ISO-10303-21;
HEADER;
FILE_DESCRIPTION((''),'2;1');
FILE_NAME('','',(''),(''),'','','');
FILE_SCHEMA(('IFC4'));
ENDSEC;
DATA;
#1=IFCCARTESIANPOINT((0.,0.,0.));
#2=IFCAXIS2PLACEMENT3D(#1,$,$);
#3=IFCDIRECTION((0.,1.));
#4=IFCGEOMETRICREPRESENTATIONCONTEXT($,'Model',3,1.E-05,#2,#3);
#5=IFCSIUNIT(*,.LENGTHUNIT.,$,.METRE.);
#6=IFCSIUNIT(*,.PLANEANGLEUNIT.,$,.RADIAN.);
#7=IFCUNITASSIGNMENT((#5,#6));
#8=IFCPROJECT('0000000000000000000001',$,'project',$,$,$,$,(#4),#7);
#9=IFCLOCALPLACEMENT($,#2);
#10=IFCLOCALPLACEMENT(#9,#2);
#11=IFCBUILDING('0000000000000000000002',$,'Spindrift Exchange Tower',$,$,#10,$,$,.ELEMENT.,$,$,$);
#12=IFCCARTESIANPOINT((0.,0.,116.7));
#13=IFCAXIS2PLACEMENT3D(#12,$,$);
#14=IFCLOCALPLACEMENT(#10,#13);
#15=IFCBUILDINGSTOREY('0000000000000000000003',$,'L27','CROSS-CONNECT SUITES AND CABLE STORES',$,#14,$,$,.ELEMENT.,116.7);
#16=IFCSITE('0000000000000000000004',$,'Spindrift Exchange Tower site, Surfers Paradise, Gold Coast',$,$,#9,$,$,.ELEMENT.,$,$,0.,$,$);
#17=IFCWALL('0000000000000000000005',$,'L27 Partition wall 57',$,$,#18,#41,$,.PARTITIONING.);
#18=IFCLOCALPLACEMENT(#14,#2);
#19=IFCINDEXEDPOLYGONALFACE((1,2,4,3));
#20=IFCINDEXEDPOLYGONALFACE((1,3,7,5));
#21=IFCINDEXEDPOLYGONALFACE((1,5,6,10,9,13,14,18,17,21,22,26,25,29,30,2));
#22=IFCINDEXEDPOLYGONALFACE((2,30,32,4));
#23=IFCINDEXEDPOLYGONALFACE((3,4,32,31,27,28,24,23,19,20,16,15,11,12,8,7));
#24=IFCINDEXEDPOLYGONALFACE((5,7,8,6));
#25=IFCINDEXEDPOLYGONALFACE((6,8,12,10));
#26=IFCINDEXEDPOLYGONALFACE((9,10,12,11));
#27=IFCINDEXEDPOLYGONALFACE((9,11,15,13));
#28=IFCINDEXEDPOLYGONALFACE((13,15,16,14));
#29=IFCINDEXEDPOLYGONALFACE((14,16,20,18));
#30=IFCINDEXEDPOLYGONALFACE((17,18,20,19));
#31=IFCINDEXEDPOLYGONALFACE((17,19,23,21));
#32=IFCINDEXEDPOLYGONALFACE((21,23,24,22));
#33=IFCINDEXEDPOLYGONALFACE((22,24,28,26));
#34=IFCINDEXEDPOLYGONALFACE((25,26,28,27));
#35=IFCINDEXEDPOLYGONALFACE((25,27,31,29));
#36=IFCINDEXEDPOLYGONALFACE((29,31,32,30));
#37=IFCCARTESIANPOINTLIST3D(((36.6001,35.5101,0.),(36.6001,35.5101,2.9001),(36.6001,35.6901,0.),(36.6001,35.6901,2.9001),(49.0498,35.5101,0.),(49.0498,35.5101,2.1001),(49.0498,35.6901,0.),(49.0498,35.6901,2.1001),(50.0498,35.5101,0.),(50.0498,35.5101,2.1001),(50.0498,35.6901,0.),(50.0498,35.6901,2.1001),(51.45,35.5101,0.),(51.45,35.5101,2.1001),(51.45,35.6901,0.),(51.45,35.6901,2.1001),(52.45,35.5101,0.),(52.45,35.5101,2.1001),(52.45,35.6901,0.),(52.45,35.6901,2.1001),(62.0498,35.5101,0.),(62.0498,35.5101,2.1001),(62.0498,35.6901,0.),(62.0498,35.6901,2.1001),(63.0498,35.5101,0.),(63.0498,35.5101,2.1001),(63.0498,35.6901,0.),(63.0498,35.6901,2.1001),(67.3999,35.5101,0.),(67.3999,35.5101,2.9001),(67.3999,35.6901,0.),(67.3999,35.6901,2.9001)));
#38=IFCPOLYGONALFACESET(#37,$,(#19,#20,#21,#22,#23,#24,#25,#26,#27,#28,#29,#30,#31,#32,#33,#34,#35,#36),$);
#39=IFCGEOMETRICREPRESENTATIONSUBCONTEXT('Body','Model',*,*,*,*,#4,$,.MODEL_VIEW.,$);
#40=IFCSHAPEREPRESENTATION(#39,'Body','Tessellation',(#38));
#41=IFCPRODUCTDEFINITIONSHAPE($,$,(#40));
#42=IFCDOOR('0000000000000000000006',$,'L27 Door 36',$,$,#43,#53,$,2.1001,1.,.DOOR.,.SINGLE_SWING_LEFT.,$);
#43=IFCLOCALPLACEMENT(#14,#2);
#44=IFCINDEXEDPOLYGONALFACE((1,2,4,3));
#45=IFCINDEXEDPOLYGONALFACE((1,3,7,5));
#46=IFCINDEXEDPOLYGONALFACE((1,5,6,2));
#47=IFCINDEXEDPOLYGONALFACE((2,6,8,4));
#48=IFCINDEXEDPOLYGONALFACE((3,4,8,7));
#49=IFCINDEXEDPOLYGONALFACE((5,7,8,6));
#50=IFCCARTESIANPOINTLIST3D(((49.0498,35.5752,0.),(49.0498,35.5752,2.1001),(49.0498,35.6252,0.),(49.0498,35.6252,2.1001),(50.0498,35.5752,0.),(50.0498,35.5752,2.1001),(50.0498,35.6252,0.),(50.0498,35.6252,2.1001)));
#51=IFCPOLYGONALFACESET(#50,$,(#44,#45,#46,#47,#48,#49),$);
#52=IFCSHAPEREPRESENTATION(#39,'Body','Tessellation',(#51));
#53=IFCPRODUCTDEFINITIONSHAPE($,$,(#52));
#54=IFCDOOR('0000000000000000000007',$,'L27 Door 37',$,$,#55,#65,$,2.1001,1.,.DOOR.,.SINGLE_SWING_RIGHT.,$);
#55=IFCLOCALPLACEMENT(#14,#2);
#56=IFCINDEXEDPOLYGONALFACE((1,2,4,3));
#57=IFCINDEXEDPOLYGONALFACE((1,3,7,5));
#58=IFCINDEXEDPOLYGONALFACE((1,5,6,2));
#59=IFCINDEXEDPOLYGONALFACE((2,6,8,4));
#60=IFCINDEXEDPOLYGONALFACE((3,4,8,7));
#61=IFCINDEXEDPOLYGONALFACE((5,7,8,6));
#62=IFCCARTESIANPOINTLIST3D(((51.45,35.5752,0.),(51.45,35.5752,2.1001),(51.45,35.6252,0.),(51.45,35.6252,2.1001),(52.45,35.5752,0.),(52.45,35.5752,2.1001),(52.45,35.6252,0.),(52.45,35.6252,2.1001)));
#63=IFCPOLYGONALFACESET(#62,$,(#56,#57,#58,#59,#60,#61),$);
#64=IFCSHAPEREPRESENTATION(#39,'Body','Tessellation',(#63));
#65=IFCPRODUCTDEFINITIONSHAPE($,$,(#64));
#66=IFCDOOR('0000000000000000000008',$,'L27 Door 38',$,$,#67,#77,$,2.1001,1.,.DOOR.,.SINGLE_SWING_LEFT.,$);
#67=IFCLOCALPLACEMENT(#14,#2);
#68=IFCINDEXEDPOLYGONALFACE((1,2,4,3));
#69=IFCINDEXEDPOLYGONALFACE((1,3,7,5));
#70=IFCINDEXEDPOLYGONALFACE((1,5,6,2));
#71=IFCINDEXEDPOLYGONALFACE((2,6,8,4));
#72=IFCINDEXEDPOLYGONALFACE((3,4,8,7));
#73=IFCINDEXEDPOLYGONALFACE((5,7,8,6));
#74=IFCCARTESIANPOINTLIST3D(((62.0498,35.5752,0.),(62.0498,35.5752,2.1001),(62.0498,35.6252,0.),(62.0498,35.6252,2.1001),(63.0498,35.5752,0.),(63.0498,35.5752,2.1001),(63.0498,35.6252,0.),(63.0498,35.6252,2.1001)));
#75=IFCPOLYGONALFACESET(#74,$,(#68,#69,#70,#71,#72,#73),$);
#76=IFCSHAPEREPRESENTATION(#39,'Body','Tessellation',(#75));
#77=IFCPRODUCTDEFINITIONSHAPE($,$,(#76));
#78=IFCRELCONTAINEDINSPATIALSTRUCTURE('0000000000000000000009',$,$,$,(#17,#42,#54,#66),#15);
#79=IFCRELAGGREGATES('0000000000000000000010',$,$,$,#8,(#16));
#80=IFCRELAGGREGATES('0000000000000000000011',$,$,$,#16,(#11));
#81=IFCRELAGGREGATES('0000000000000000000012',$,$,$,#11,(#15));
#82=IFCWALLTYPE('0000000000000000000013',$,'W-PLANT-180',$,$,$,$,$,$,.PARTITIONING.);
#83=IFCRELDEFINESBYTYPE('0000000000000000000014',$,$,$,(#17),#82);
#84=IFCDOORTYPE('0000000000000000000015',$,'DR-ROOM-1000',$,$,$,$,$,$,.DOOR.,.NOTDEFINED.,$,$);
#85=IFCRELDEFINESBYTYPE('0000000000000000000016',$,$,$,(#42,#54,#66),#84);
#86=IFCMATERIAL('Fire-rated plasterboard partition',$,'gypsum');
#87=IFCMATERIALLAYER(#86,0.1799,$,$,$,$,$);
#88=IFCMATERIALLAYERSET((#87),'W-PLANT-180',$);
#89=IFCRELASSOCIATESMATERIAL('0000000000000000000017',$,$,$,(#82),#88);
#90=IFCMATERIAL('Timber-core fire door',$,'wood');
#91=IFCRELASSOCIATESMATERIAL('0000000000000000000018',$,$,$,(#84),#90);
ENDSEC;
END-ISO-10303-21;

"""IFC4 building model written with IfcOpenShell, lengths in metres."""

from ifc_helpers import new_model, si_unit, direction, frame, frame_2d, origin, place, context, subcontext, project, spatial, rectangle, extrude, source, transform, mapped, material, layer, layer_set, type_object, element, fill, save


model = new_model("IFC4")

# Units and contexts
model_context = context("Model", 3, precision=1e-05, world=origin(), true_north=direction((0.0, 1.0)))
body_context = subcontext(model_context, "Body", "Model", "MODEL_VIEW")
ifc_project = project(units=[si_unit("LENGTHUNIT", "METRE"), si_unit("PLANEANGLEUNIT", "RADIAN")], contexts=[model_context])

# Site, building, storey
site_placement = place(None, origin())
site = spatial("IfcSite", under=ifc_project, at=site_placement, Name="Spindrift Exchange Tower site, Surfers Paradise, Gold Coast", CompositionType="ELEMENT", RefElevation=0.0)
building_placement = place(site_placement, origin())
building = spatial("IfcBuilding", under=site, at=building_placement, Name="Spindrift Exchange Tower", CompositionType="ELEMENT")
storey_placement = place(building_placement, frame((0.0, 0.0, 116.7)))
storey = spatial("IfcBuildingStorey", under=building, at=storey_placement, Name="L27", Description="CROSS-CONNECT SUITES AND CABLE STORES", CompositionType="ELEMENT", Elevation=116.7)

# Shared definitions
ifc_material_1 = material(Name="Fire-rated plasterboard partition", Category="gypsum")

# Wall, openings, doors
ifc_layer_1 = layer(ifc_material_1, 0.1799)
ifc_layer_set_1 = layer_set([ifc_layer_1], Name="W-PLANT-180")
wall_type_1 = type_object("IfcWallType", Name="W-PLANT-180", PredefinedType="PARTITIONING", material=ifc_layer_set_1)
wall_1_placement = place(storey_placement, frame((67.3999, 35.6001, 0.0), z_axis=(0.0, 0.0, 1.0), x_axis=(-1.0, 0.0, 0.0)))
wall_1 = element("IfcWall", 1, at=wall_1_placement, inside=storey, type_object=wall_type_1, Name="L27 Partition wall 57", PredefinedType="PARTITIONING", context=body_context, shape_type="SweptSolid", body=[
    extrude(rectangle(XDim=30.7998, YDim=0.1799, at=frame_2d((15.3999, 0.0))), origin(), (0.0, 0.0, 1.0), 2.9001),
])
opening_1_placement = place(wall_1_placement, frame((17.3501, 0.0, 0.0)))
opening_1 = element("IfcOpeningElement", 2, at=opening_1_placement, cuts=wall_1, PredefinedType="OPENING", context=body_context, shape_type="SweptSolid", body=[
    extrude(rectangle(XDim=1.0, YDim=2.1001, at=frame_2d((0.5, 1.05))), frame((0.0, 0.0999, 0.0), z_axis=(0.0, -1.0, 0.0), x_axis=(1.0, 0.0, 0.0)), (0.0, 0.0, 1.0), 0.2),
])
opening_2_placement = place(wall_1_placement, frame((14.95, 0.0, 0.0)))
opening_2 = element("IfcOpeningElement", 3, at=opening_2_placement, cuts=wall_1, PredefinedType="OPENING", context=body_context, shape_type="SweptSolid", body=[
    extrude(rectangle(XDim=1.0, YDim=2.1001, at=frame_2d((0.5, 1.05))), frame((0.0, 0.0999, 0.0), z_axis=(0.0, -1.0, 0.0), x_axis=(1.0, 0.0, 0.0)), (0.0, 0.0, 1.0), 0.2),
])
opening_3_placement = place(wall_1_placement, frame((4.3501, 0.0, 0.0)))
opening_3 = element("IfcOpeningElement", 4, at=opening_3_placement, cuts=wall_1, PredefinedType="OPENING", context=body_context, shape_type="SweptSolid", body=[
    extrude(rectangle(XDim=1.0, YDim=2.1001, at=frame_2d((0.5, 1.05))), frame((0.0, 0.0999, 0.0), z_axis=(0.0, -1.0, 0.0), x_axis=(1.0, 0.0, 0.0)), (0.0, 0.0, 1.0), 0.2),
])
ifc_material_2 = material(Name="Timber-core fire door", Category="wood")
door_type = type_object("IfcDoorType", Name="DR-ROOM-1000", OperationType="NOTDEFINED", PredefinedType="DOOR", material=ifc_material_2)
shared_shape_1 = source(origin(), body_context, "Body", "SweptSolid", [
    extrude(rectangle(XDim=1.0, YDim=2.1001, at=frame_2d((0.5, 1.05))), frame((0.0, 0.0249, 0.0), z_axis=(0.0, -1.0, 0.0), x_axis=(1.0, 0.0, 0.0)), (0.0, 0.0, 1.0), 0.05),
])
door_1_placement = place(opening_1_placement, origin())
door_1 = element("IfcDoor", 5, at=door_1_placement, inside=storey, type_object=door_type, Name="L27 Door 36", OperationType="SINGLE_SWING_LEFT", OverallHeight=2.1001, OverallWidth=1.0, PredefinedType="DOOR", context=body_context, shape_type="MappedRepresentation", body=[
    mapped(shared_shape_1, transform((0.0, 0.0, 0.0), scale=1.0)),
])
fill(opening_1, door_1)
door_2_placement = place(opening_2_placement, origin())
door_2 = element("IfcDoor", 6, at=door_2_placement, inside=storey, type_object=door_type, Name="L27 Door 37", OperationType="SINGLE_SWING_RIGHT", OverallHeight=2.1001, OverallWidth=1.0, PredefinedType="DOOR", context=body_context, shape_type="MappedRepresentation", body=[
    mapped(shared_shape_1, transform((0.0, 0.0, 0.0), scale=1.0)),
])
fill(opening_2, door_2)
door_3_placement = place(opening_3_placement, origin())
door_3 = element("IfcDoor", 7, at=door_3_placement, inside=storey, type_object=door_type, Name="L27 Door 38", OperationType="SINGLE_SWING_LEFT", OverallHeight=2.1001, OverallWidth=1.0, PredefinedType="DOOR", context=body_context, shape_type="MappedRepresentation", body=[
    mapped(shared_shape_1, transform((0.0, 0.0, 0.0), scale=1.0)),
])
fill(opening_3, door_3)

save(model, "model.ifc")
